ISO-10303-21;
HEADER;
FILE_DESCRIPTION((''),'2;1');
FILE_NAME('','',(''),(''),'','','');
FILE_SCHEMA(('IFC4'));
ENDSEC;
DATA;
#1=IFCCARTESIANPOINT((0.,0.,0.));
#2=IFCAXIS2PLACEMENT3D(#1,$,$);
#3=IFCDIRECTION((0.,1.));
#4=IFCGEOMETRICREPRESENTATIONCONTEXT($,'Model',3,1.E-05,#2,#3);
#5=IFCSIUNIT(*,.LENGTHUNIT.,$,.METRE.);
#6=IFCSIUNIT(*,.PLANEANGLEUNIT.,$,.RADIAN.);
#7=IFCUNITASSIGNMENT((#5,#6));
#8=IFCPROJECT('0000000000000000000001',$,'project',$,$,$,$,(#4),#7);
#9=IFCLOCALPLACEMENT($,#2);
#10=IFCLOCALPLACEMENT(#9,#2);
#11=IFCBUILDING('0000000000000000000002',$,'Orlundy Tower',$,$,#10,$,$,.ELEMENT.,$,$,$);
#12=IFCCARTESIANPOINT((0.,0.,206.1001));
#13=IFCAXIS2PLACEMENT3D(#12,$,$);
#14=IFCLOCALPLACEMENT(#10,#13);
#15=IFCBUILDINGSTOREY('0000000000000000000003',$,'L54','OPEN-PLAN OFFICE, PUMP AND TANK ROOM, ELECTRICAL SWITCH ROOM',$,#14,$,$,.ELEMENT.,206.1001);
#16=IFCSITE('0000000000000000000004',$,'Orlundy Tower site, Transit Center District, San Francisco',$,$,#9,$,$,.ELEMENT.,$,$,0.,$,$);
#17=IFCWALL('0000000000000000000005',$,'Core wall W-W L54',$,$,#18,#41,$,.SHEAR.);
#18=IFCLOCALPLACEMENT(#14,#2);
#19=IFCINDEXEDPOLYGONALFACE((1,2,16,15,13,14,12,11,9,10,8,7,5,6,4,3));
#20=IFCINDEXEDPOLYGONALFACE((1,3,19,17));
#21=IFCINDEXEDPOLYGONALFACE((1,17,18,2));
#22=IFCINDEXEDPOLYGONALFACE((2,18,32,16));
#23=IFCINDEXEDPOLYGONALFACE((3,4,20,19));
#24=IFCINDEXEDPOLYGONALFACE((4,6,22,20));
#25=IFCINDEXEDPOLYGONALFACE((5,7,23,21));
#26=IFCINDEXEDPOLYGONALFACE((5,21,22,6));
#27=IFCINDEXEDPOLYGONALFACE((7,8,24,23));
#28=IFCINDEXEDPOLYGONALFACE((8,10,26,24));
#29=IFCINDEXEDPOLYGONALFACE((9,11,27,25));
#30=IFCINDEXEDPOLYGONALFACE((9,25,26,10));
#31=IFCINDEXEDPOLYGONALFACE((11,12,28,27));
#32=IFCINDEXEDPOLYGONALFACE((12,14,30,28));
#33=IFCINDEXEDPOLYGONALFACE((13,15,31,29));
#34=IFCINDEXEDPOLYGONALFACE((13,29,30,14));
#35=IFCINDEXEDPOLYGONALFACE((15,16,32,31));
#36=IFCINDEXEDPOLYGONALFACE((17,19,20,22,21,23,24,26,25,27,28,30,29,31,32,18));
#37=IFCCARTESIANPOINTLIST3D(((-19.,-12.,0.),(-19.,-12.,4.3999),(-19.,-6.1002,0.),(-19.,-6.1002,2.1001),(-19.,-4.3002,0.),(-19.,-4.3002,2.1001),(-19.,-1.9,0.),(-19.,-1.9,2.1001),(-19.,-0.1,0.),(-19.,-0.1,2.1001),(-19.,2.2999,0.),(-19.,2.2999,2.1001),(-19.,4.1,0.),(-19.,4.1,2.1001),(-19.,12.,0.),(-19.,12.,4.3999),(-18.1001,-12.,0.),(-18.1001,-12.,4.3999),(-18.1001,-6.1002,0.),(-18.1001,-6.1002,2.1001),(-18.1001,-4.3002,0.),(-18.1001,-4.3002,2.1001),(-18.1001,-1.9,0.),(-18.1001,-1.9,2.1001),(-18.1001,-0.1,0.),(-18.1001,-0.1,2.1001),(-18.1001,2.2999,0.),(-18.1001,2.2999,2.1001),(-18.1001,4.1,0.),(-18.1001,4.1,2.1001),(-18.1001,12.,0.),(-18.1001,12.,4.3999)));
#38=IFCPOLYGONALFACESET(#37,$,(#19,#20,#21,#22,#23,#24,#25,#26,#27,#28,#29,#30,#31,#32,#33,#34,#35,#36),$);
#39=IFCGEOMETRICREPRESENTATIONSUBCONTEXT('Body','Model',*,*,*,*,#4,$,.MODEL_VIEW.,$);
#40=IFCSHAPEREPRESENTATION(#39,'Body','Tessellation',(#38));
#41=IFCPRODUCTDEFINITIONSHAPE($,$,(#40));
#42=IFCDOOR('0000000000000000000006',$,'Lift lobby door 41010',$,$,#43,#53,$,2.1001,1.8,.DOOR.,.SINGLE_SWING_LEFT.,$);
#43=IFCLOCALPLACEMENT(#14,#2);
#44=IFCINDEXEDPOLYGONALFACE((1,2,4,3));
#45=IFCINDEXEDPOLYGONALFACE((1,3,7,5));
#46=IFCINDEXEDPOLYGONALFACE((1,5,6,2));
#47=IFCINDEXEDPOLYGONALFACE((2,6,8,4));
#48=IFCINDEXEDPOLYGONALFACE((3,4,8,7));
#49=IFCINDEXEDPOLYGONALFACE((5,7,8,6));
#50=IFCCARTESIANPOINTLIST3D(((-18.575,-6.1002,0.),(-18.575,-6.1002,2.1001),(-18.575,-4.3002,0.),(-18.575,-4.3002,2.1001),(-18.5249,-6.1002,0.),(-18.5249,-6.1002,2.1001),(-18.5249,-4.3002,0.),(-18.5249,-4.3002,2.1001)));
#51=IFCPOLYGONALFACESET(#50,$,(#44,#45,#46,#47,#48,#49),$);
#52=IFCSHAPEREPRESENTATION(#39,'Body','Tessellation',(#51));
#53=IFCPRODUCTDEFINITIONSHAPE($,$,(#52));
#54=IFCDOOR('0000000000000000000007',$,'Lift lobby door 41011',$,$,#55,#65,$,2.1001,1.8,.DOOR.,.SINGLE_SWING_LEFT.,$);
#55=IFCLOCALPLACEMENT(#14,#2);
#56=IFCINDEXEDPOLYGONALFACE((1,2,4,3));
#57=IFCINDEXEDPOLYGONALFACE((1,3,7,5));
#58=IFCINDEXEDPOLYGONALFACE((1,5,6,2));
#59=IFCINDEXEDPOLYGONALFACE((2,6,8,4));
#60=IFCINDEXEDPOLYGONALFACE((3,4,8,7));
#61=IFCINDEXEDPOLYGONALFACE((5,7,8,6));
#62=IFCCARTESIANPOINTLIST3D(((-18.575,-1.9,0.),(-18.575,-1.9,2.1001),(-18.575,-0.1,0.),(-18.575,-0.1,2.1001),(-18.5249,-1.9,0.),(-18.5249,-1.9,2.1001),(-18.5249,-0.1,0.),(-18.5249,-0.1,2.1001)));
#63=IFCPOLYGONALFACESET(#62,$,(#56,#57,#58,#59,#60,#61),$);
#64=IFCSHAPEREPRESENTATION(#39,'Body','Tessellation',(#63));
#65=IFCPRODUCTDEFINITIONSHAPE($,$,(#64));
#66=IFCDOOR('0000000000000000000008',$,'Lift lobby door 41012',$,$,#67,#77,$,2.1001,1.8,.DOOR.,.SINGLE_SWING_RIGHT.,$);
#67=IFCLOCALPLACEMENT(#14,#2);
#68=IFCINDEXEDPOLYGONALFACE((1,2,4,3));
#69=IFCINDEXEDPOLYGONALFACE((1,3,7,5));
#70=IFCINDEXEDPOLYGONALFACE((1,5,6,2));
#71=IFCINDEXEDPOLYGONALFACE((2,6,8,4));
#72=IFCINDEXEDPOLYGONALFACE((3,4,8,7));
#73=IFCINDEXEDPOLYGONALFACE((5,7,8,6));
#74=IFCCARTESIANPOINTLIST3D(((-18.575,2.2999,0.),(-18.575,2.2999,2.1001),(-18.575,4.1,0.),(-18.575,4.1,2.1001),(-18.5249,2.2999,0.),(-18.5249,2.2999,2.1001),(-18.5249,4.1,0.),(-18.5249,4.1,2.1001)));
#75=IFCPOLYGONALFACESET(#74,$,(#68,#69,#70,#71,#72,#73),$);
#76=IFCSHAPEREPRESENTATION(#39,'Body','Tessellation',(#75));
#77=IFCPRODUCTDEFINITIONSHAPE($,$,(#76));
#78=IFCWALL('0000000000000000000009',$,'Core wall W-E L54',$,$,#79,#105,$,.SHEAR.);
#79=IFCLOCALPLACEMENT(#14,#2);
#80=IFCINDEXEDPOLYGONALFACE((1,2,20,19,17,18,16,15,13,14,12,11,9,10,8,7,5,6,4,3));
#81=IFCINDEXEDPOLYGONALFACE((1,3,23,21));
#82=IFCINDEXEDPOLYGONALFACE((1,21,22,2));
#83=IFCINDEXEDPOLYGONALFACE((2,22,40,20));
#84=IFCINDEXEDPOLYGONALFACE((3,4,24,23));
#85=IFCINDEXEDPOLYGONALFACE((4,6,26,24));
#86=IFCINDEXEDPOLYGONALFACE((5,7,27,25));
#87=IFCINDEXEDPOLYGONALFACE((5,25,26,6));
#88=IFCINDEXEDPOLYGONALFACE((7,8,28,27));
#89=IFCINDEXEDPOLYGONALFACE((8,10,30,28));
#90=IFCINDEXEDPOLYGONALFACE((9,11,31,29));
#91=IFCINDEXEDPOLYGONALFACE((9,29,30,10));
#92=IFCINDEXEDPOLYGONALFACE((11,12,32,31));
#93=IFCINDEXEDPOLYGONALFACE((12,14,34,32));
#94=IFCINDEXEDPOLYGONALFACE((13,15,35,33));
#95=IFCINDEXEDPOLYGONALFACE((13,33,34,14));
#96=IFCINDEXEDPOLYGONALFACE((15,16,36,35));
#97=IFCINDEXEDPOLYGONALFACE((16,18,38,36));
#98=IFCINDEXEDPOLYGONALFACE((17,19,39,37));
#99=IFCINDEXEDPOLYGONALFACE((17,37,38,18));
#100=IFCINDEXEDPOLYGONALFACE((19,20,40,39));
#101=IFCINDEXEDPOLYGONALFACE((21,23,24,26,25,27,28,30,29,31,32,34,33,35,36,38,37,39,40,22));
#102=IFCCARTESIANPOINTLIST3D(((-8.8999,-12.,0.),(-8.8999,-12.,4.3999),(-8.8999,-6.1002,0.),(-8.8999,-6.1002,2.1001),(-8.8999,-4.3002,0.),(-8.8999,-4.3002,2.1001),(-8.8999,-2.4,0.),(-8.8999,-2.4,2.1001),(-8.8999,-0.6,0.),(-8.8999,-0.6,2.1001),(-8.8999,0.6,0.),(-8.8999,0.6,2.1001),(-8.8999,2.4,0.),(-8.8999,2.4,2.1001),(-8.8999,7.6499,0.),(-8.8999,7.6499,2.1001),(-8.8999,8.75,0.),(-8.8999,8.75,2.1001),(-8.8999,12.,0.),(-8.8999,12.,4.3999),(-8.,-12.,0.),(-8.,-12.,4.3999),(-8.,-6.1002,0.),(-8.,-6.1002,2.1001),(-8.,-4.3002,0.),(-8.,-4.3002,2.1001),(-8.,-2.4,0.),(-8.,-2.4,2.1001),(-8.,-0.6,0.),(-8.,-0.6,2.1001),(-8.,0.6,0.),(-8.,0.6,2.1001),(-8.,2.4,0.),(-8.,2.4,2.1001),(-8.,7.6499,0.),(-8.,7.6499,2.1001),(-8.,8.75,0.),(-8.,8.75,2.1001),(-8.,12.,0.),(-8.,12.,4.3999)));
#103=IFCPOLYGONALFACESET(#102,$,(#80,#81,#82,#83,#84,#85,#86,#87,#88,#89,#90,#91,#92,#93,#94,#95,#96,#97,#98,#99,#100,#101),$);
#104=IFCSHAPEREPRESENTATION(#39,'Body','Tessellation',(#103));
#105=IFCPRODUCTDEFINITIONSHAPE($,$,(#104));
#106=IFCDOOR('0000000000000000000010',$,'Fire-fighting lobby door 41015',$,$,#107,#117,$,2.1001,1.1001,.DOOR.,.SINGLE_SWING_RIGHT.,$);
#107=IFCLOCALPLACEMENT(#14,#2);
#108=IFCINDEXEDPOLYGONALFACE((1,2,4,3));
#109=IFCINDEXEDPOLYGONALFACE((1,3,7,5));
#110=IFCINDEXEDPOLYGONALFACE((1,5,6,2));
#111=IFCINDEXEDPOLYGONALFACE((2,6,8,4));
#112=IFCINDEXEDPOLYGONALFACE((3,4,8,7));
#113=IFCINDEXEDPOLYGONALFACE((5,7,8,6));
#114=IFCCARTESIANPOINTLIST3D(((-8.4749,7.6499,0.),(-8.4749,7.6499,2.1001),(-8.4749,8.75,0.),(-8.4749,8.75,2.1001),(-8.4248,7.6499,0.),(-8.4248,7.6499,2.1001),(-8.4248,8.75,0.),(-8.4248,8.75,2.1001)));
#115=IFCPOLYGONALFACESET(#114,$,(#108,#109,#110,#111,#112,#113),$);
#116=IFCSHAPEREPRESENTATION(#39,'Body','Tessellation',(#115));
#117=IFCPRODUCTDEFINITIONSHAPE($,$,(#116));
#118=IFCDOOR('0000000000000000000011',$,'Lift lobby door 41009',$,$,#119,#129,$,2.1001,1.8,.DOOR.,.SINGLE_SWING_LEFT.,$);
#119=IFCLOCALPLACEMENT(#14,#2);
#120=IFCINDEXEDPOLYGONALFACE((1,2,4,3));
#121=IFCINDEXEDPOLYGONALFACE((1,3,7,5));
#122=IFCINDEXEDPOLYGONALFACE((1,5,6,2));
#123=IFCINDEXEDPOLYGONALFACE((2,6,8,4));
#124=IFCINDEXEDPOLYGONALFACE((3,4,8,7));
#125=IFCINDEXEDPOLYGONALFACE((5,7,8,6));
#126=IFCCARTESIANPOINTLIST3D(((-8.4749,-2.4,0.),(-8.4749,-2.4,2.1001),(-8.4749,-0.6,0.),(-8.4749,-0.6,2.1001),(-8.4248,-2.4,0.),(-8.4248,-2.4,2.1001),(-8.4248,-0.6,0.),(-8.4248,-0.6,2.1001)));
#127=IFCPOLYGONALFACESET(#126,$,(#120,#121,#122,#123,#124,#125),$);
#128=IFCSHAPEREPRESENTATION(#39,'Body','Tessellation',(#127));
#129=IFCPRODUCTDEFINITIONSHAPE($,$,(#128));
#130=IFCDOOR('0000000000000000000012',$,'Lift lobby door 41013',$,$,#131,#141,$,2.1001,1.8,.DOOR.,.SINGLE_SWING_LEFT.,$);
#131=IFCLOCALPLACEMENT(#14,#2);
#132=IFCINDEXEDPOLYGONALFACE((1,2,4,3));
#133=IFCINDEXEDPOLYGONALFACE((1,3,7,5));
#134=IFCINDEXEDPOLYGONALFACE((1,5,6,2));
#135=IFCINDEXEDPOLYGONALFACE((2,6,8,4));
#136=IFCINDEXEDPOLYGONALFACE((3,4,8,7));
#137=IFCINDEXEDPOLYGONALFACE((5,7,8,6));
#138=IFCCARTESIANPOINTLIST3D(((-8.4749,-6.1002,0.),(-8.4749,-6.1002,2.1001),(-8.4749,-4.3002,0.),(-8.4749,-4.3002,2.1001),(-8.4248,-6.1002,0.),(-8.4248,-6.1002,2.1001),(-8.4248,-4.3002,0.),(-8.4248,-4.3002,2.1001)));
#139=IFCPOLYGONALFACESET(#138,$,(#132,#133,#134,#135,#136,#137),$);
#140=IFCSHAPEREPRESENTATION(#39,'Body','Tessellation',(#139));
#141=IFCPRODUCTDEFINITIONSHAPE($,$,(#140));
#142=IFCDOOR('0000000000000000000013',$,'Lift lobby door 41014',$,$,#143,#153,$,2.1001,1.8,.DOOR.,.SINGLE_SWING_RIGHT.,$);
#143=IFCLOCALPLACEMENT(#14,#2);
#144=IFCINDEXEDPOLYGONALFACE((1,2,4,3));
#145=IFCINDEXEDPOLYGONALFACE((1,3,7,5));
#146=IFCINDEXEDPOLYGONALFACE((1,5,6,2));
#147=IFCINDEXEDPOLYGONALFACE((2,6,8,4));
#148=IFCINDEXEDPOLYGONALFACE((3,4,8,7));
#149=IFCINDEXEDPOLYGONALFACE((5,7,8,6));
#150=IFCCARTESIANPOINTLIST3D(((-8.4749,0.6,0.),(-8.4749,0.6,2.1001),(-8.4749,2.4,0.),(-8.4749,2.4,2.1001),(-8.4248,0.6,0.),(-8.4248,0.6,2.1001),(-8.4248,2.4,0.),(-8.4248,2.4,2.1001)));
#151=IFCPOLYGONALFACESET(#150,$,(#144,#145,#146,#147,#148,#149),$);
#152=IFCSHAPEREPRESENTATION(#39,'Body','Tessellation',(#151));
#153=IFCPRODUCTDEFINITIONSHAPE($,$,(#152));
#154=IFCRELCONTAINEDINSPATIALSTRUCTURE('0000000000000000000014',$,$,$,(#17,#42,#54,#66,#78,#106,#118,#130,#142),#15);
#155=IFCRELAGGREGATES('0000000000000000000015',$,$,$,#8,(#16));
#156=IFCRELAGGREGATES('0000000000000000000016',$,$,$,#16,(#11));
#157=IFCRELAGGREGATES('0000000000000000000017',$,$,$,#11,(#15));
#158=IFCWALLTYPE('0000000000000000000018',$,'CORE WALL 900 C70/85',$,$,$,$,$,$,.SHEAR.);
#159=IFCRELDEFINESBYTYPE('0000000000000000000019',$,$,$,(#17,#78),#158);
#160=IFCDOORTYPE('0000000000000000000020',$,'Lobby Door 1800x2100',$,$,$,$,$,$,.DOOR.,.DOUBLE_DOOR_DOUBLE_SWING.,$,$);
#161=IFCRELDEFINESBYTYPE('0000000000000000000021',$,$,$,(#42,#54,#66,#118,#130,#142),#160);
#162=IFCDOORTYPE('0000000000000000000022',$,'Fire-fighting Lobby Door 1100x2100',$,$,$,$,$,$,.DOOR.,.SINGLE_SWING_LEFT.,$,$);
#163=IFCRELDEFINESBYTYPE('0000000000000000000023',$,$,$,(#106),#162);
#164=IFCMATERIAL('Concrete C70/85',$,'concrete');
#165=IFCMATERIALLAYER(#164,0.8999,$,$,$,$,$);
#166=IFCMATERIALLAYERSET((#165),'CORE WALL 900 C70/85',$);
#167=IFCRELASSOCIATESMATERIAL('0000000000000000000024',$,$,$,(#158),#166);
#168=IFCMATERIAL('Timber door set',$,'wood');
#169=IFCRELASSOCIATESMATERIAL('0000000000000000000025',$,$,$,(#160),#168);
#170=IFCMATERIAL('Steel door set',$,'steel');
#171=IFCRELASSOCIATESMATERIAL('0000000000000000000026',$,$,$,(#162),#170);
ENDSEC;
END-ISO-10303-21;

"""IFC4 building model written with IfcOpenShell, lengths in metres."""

from ifc_helpers import new_model, si_unit, direction, frame, frame_2d, origin, place, context, subcontext, project, spatial, rectangle, extrude, material, layer, layer_set, type_object, element, fill, save


model = new_model("IFC4")

# Units and contexts
model_context = context("Model", 3, precision=1e-05, world=origin(), true_north=direction((0.0, 1.0)))
body_context = subcontext(model_context, "Body", "Model", "MODEL_VIEW")
ifc_project = project(units=[si_unit("LENGTHUNIT", "METRE"), si_unit("PLANEANGLEUNIT", "RADIAN")], contexts=[model_context])

# Site, building, storey
site_placement = place(None, origin())
site = spatial("IfcSite", under=ifc_project, at=site_placement, Name="Orlundy Tower site, Transit Center District, San Francisco", CompositionType="ELEMENT", RefElevation=0.0)
building_placement = place(site_placement, origin())
building = spatial("IfcBuilding", under=site, at=building_placement, Name="Orlundy Tower", CompositionType="ELEMENT")
storey_placement = place(building_placement, frame((0.0, 0.0, 206.1001)))
storey = spatial("IfcBuildingStorey", under=building, at=storey_placement, Name="L54", Description="OPEN-PLAN OFFICE, PUMP AND TANK ROOM, ELECTRICAL SWITCH ROOM", CompositionType="ELEMENT", Elevation=206.1001)

# Walls, openings, doors
ifc_material_1 = material(Name="Concrete C70/85", Category="concrete")
ifc_layer_1 = layer(ifc_material_1, 0.8999)
ifc_layer_set_1 = layer_set([ifc_layer_1], Name="CORE WALL 900 C70/85")
wall_type = type_object("IfcWallType", Name="CORE WALL 900 C70/85", PredefinedType="SHEAR", material=ifc_layer_set_1)
wall_1_placement = place(storey_placement, frame((-18.55, -12.0, 0.0), z_axis=(0.0, 0.0, 1.0), x_axis=(0.0, 1.0, 0.0)))
wall_1 = element("IfcWall", 1, at=wall_1_placement, inside=storey, type_object=wall_type, Name="Core wall W-W L54", PredefinedType="SHEAR", context=body_context, shape_type="SweptSolid", body=[
    extrude(rectangle(XDim=24.0, YDim=0.8999, at=frame_2d((12.0, 0.0))), origin(), (0.0, 0.0, 1.0), 4.3999),
])
opening_1_placement = place(wall_1_placement, frame((5.8999, 0.0, 0.0)))
opening_1 = element("IfcOpeningElement", 2, at=opening_1_placement, cuts=wall_1, PredefinedType="OPENING", context=body_context, shape_type="SweptSolid", body=[
    extrude(rectangle(XDim=1.8, YDim=2.1001, at=frame_2d((0.8999, 1.05))), frame((0.0, 0.46, 0.0), z_axis=(0.0, -1.0, 0.0), x_axis=(1.0, 0.0, 0.0)), (0.0, 0.0, 1.0), 0.9199),
])
opening_2_placement = place(wall_1_placement, frame((10.1001, 0.0, 0.0)))
opening_2 = element("IfcOpeningElement", 3, at=opening_2_placement, cuts=wall_1, PredefinedType="OPENING", context=body_context, shape_type="SweptSolid", body=[
    extrude(rectangle(XDim=1.8, YDim=2.1001, at=frame_2d((0.8999, 1.05))), frame((0.0, 0.46, 0.0), z_axis=(0.0, -1.0, 0.0), x_axis=(1.0, 0.0, 0.0)), (0.0, 0.0, 1.0), 0.9199),
])
opening_3_placement = place(wall_1_placement, frame((14.3, 0.0, 0.0)))
opening_3 = element("IfcOpeningElement", 4, at=opening_3_placement, cuts=wall_1, PredefinedType="OPENING", context=body_context, shape_type="SweptSolid", body=[
    extrude(rectangle(XDim=1.8, YDim=2.1001, at=frame_2d((0.8999, 1.05))), frame((0.0, 0.46, 0.0), z_axis=(0.0, -1.0, 0.0), x_axis=(1.0, 0.0, 0.0)), (0.0, 0.0, 1.0), 0.9199),
])
ifc_material_2 = material(Name="Timber door set", Category="wood")
door_type_1 = type_object("IfcDoorType", Name="Lobby Door 1800x2100", OperationType="DOUBLE_DOOR_DOUBLE_SWING", PredefinedType="DOOR", material=ifc_material_2)
door_1_placement = place(opening_1_placement, origin())
door_1 = element("IfcDoor", 5, at=door_1_placement, inside=storey, type_object=door_type_1, Name="Lift lobby door 41010", OperationType="SINGLE_SWING_LEFT", OverallHeight=2.1001, OverallWidth=1.8, PredefinedType="DOOR", context=body_context, shape_type="SweptSolid", body=[
    extrude(rectangle(XDim=1.8, YDim=2.1001, at=frame_2d((0.8999, 1.05))), frame((0.0, 0.0249, 0.0), z_axis=(0.0, -1.0, 0.0), x_axis=(1.0, 0.0, 0.0)), (0.0, 0.0, 1.0), 0.05),
])
fill(opening_1, door_1)
door_2_placement = place(opening_2_placement, origin())
door_2 = element("IfcDoor", 6, at=door_2_placement, inside=storey, type_object=door_type_1, Name="Lift lobby door 41011", OperationType="SINGLE_SWING_LEFT", OverallHeight=2.1001, OverallWidth=1.8, PredefinedType="DOOR", context=body_context, shape_type="SweptSolid", body=[
    extrude(rectangle(XDim=1.8, YDim=2.1001, at=frame_2d((0.8999, 1.05))), frame((0.0, 0.0249, 0.0), z_axis=(0.0, -1.0, 0.0), x_axis=(1.0, 0.0, 0.0)), (0.0, 0.0, 1.0), 0.05),
])
fill(opening_2, door_2)
door_3_placement = place(opening_3_placement, origin())
door_3 = element("IfcDoor", 7, at=door_3_placement, inside=storey, type_object=door_type_1, Name="Lift lobby door 41012", OperationType="SINGLE_SWING_RIGHT", OverallHeight=2.1001, OverallWidth=1.8, PredefinedType="DOOR", context=body_context, shape_type="SweptSolid", body=[
    extrude(rectangle(XDim=1.8, YDim=2.1001, at=frame_2d((0.8999, 1.05))), frame((0.0, 0.0249, 0.0), z_axis=(0.0, -1.0, 0.0), x_axis=(1.0, 0.0, 0.0)), (0.0, 0.0, 1.0), 0.05),
])
fill(opening_3, door_3)
wall_2_placement = place(storey_placement, frame((-8.45, -12.0, 0.0), z_axis=(0.0, 0.0, 1.0), x_axis=(0.0, 1.0, 0.0)))
wall_2 = element("IfcWall", 8, at=wall_2_placement, inside=storey, type_object=wall_type, Name="Core wall W-E L54", PredefinedType="SHEAR", context=body_context, shape_type="SweptSolid", body=[
    extrude(rectangle(XDim=24.0, YDim=0.8999, at=frame_2d((12.0, 0.0))), origin(), (0.0, 0.0, 1.0), 4.3999),
])
opening_4_placement = place(wall_2_placement, frame((9.6001, 0.0, 0.0)))
opening_4 = element("IfcOpeningElement", 9, at=opening_4_placement, cuts=wall_2, PredefinedType="OPENING", context=body_context, shape_type="SweptSolid", body=[
    extrude(rectangle(XDim=1.8, YDim=2.1001, at=frame_2d((0.8999, 1.05))), frame((0.0, 0.46, 0.0), z_axis=(0.0, -1.0, 0.0), x_axis=(1.0, 0.0, 0.0)), (0.0, 0.0, 1.0), 0.9199),
])
opening_5_placement = place(wall_2_placement, frame((5.8999, 0.0, 0.0)))
opening_5 = element("IfcOpeningElement", 10, at=opening_5_placement, cuts=wall_2, PredefinedType="OPENING", context=body_context, shape_type="SweptSolid", body=[
    extrude(rectangle(XDim=1.8, YDim=2.1001, at=frame_2d((0.8999, 1.05))), frame((0.0, 0.46, 0.0), z_axis=(0.0, -1.0, 0.0), x_axis=(1.0, 0.0, 0.0)), (0.0, 0.0, 1.0), 0.9199),
])
opening_6_placement = place(wall_2_placement, frame((12.6001, 0.0, 0.0)))
opening_6 = element("IfcOpeningElement", 11, at=opening_6_placement, cuts=wall_2, PredefinedType="OPENING", context=body_context, shape_type="SweptSolid", body=[
    extrude(rectangle(XDim=1.8, YDim=2.1001, at=frame_2d((0.8999, 1.05))), frame((0.0, 0.46, 0.0), z_axis=(0.0, -1.0, 0.0), x_axis=(1.0, 0.0, 0.0)), (0.0, 0.0, 1.0), 0.9199),
])
opening_7_placement = place(wall_2_placement, frame((19.6499, 0.0, 0.0)))
opening_7 = element("IfcOpeningElement", 12, at=opening_7_placement, cuts=wall_2, PredefinedType="OPENING", context=body_context, shape_type="SweptSolid", body=[
    extrude(rectangle(XDim=1.1001, YDim=2.1001, at=frame_2d((0.55, 1.05))), frame((0.0, 0.46, 0.0), z_axis=(0.0, -1.0, 0.0), x_axis=(1.0, 0.0, 0.0)), (0.0, 0.0, 1.0), 0.9199),
])
ifc_material_3 = material(Name="Steel door set", Category="steel")
door_type_2 = type_object("IfcDoorType", Name="Fire-fighting Lobby Door 1100x2100", OperationType="SINGLE_SWING_LEFT", PredefinedType="DOOR", material=ifc_material_3)
door_4_placement = place(opening_7_placement, origin())
door_4 = element("IfcDoor", 13, at=door_4_placement, inside=storey, type_object=door_type_2, Name="Fire-fighting lobby door 41015", OperationType="SINGLE_SWING_RIGHT", OverallHeight=2.1001, OverallWidth=1.1001, PredefinedType="DOOR", context=body_context, shape_type="SweptSolid", body=[
    extrude(rectangle(XDim=1.1001, YDim=2.1001, at=frame_2d((0.55, 1.05))), frame((0.0, 0.0249, 0.0), z_axis=(0.0, -1.0, 0.0), x_axis=(1.0, 0.0, 0.0)), (0.0, 0.0, 1.0), 0.05),
])
fill(opening_7, door_4)
door_5_placement = place(opening_4_placement, origin())
door_5 = element("IfcDoor", 14, at=door_5_placement, inside=storey, type_object=door_type_1, Name="Lift lobby door 41009", OperationType="SINGLE_SWING_LEFT", OverallHeight=2.1001, OverallWidth=1.8, PredefinedType="DOOR", context=body_context, shape_type="SweptSolid", body=[
    extrude(rectangle(XDim=1.8, YDim=2.1001, at=frame_2d((0.8999, 1.05))), frame((0.0, 0.0249, 0.0), z_axis=(0.0, -1.0, 0.0), x_axis=(1.0, 0.0, 0.0)), (0.0, 0.0, 1.0), 0.05),
])
fill(opening_4, door_5)
door_6_placement = place(opening_5_placement, origin())
door_6 = element("IfcDoor", 15, at=door_6_placement, inside=storey, type_object=door_type_1, Name="Lift lobby door 41013", OperationType="SINGLE_SWING_LEFT", OverallHeight=2.1001, OverallWidth=1.8, PredefinedType="DOOR", context=body_context, shape_type="SweptSolid", body=[
    extrude(rectangle(XDim=1.8, YDim=2.1001, at=frame_2d((0.8999, 1.05))), frame((0.0, 0.0249, 0.0), z_axis=(0.0, -1.0, 0.0), x_axis=(1.0, 0.0, 0.0)), (0.0, 0.0, 1.0), 0.05),
])
fill(opening_5, door_6)
door_7_placement = place(opening_6_placement, origin())
door_7 = element("IfcDoor", 16, at=door_7_placement, inside=storey, type_object=door_type_1, Name="Lift lobby door 41014", OperationType="SINGLE_SWING_RIGHT", OverallHeight=2.1001, OverallWidth=1.8, PredefinedType="DOOR", context=body_context, shape_type="SweptSolid", body=[
    extrude(rectangle(XDim=1.8, YDim=2.1001, at=frame_2d((0.8999, 1.05))), frame((0.0, 0.0249, 0.0), z_axis=(0.0, -1.0, 0.0), x_axis=(1.0, 0.0, 0.0)), (0.0, 0.0, 1.0), 0.05),
])
fill(opening_6, door_7)

save(model, "model.ifc")
